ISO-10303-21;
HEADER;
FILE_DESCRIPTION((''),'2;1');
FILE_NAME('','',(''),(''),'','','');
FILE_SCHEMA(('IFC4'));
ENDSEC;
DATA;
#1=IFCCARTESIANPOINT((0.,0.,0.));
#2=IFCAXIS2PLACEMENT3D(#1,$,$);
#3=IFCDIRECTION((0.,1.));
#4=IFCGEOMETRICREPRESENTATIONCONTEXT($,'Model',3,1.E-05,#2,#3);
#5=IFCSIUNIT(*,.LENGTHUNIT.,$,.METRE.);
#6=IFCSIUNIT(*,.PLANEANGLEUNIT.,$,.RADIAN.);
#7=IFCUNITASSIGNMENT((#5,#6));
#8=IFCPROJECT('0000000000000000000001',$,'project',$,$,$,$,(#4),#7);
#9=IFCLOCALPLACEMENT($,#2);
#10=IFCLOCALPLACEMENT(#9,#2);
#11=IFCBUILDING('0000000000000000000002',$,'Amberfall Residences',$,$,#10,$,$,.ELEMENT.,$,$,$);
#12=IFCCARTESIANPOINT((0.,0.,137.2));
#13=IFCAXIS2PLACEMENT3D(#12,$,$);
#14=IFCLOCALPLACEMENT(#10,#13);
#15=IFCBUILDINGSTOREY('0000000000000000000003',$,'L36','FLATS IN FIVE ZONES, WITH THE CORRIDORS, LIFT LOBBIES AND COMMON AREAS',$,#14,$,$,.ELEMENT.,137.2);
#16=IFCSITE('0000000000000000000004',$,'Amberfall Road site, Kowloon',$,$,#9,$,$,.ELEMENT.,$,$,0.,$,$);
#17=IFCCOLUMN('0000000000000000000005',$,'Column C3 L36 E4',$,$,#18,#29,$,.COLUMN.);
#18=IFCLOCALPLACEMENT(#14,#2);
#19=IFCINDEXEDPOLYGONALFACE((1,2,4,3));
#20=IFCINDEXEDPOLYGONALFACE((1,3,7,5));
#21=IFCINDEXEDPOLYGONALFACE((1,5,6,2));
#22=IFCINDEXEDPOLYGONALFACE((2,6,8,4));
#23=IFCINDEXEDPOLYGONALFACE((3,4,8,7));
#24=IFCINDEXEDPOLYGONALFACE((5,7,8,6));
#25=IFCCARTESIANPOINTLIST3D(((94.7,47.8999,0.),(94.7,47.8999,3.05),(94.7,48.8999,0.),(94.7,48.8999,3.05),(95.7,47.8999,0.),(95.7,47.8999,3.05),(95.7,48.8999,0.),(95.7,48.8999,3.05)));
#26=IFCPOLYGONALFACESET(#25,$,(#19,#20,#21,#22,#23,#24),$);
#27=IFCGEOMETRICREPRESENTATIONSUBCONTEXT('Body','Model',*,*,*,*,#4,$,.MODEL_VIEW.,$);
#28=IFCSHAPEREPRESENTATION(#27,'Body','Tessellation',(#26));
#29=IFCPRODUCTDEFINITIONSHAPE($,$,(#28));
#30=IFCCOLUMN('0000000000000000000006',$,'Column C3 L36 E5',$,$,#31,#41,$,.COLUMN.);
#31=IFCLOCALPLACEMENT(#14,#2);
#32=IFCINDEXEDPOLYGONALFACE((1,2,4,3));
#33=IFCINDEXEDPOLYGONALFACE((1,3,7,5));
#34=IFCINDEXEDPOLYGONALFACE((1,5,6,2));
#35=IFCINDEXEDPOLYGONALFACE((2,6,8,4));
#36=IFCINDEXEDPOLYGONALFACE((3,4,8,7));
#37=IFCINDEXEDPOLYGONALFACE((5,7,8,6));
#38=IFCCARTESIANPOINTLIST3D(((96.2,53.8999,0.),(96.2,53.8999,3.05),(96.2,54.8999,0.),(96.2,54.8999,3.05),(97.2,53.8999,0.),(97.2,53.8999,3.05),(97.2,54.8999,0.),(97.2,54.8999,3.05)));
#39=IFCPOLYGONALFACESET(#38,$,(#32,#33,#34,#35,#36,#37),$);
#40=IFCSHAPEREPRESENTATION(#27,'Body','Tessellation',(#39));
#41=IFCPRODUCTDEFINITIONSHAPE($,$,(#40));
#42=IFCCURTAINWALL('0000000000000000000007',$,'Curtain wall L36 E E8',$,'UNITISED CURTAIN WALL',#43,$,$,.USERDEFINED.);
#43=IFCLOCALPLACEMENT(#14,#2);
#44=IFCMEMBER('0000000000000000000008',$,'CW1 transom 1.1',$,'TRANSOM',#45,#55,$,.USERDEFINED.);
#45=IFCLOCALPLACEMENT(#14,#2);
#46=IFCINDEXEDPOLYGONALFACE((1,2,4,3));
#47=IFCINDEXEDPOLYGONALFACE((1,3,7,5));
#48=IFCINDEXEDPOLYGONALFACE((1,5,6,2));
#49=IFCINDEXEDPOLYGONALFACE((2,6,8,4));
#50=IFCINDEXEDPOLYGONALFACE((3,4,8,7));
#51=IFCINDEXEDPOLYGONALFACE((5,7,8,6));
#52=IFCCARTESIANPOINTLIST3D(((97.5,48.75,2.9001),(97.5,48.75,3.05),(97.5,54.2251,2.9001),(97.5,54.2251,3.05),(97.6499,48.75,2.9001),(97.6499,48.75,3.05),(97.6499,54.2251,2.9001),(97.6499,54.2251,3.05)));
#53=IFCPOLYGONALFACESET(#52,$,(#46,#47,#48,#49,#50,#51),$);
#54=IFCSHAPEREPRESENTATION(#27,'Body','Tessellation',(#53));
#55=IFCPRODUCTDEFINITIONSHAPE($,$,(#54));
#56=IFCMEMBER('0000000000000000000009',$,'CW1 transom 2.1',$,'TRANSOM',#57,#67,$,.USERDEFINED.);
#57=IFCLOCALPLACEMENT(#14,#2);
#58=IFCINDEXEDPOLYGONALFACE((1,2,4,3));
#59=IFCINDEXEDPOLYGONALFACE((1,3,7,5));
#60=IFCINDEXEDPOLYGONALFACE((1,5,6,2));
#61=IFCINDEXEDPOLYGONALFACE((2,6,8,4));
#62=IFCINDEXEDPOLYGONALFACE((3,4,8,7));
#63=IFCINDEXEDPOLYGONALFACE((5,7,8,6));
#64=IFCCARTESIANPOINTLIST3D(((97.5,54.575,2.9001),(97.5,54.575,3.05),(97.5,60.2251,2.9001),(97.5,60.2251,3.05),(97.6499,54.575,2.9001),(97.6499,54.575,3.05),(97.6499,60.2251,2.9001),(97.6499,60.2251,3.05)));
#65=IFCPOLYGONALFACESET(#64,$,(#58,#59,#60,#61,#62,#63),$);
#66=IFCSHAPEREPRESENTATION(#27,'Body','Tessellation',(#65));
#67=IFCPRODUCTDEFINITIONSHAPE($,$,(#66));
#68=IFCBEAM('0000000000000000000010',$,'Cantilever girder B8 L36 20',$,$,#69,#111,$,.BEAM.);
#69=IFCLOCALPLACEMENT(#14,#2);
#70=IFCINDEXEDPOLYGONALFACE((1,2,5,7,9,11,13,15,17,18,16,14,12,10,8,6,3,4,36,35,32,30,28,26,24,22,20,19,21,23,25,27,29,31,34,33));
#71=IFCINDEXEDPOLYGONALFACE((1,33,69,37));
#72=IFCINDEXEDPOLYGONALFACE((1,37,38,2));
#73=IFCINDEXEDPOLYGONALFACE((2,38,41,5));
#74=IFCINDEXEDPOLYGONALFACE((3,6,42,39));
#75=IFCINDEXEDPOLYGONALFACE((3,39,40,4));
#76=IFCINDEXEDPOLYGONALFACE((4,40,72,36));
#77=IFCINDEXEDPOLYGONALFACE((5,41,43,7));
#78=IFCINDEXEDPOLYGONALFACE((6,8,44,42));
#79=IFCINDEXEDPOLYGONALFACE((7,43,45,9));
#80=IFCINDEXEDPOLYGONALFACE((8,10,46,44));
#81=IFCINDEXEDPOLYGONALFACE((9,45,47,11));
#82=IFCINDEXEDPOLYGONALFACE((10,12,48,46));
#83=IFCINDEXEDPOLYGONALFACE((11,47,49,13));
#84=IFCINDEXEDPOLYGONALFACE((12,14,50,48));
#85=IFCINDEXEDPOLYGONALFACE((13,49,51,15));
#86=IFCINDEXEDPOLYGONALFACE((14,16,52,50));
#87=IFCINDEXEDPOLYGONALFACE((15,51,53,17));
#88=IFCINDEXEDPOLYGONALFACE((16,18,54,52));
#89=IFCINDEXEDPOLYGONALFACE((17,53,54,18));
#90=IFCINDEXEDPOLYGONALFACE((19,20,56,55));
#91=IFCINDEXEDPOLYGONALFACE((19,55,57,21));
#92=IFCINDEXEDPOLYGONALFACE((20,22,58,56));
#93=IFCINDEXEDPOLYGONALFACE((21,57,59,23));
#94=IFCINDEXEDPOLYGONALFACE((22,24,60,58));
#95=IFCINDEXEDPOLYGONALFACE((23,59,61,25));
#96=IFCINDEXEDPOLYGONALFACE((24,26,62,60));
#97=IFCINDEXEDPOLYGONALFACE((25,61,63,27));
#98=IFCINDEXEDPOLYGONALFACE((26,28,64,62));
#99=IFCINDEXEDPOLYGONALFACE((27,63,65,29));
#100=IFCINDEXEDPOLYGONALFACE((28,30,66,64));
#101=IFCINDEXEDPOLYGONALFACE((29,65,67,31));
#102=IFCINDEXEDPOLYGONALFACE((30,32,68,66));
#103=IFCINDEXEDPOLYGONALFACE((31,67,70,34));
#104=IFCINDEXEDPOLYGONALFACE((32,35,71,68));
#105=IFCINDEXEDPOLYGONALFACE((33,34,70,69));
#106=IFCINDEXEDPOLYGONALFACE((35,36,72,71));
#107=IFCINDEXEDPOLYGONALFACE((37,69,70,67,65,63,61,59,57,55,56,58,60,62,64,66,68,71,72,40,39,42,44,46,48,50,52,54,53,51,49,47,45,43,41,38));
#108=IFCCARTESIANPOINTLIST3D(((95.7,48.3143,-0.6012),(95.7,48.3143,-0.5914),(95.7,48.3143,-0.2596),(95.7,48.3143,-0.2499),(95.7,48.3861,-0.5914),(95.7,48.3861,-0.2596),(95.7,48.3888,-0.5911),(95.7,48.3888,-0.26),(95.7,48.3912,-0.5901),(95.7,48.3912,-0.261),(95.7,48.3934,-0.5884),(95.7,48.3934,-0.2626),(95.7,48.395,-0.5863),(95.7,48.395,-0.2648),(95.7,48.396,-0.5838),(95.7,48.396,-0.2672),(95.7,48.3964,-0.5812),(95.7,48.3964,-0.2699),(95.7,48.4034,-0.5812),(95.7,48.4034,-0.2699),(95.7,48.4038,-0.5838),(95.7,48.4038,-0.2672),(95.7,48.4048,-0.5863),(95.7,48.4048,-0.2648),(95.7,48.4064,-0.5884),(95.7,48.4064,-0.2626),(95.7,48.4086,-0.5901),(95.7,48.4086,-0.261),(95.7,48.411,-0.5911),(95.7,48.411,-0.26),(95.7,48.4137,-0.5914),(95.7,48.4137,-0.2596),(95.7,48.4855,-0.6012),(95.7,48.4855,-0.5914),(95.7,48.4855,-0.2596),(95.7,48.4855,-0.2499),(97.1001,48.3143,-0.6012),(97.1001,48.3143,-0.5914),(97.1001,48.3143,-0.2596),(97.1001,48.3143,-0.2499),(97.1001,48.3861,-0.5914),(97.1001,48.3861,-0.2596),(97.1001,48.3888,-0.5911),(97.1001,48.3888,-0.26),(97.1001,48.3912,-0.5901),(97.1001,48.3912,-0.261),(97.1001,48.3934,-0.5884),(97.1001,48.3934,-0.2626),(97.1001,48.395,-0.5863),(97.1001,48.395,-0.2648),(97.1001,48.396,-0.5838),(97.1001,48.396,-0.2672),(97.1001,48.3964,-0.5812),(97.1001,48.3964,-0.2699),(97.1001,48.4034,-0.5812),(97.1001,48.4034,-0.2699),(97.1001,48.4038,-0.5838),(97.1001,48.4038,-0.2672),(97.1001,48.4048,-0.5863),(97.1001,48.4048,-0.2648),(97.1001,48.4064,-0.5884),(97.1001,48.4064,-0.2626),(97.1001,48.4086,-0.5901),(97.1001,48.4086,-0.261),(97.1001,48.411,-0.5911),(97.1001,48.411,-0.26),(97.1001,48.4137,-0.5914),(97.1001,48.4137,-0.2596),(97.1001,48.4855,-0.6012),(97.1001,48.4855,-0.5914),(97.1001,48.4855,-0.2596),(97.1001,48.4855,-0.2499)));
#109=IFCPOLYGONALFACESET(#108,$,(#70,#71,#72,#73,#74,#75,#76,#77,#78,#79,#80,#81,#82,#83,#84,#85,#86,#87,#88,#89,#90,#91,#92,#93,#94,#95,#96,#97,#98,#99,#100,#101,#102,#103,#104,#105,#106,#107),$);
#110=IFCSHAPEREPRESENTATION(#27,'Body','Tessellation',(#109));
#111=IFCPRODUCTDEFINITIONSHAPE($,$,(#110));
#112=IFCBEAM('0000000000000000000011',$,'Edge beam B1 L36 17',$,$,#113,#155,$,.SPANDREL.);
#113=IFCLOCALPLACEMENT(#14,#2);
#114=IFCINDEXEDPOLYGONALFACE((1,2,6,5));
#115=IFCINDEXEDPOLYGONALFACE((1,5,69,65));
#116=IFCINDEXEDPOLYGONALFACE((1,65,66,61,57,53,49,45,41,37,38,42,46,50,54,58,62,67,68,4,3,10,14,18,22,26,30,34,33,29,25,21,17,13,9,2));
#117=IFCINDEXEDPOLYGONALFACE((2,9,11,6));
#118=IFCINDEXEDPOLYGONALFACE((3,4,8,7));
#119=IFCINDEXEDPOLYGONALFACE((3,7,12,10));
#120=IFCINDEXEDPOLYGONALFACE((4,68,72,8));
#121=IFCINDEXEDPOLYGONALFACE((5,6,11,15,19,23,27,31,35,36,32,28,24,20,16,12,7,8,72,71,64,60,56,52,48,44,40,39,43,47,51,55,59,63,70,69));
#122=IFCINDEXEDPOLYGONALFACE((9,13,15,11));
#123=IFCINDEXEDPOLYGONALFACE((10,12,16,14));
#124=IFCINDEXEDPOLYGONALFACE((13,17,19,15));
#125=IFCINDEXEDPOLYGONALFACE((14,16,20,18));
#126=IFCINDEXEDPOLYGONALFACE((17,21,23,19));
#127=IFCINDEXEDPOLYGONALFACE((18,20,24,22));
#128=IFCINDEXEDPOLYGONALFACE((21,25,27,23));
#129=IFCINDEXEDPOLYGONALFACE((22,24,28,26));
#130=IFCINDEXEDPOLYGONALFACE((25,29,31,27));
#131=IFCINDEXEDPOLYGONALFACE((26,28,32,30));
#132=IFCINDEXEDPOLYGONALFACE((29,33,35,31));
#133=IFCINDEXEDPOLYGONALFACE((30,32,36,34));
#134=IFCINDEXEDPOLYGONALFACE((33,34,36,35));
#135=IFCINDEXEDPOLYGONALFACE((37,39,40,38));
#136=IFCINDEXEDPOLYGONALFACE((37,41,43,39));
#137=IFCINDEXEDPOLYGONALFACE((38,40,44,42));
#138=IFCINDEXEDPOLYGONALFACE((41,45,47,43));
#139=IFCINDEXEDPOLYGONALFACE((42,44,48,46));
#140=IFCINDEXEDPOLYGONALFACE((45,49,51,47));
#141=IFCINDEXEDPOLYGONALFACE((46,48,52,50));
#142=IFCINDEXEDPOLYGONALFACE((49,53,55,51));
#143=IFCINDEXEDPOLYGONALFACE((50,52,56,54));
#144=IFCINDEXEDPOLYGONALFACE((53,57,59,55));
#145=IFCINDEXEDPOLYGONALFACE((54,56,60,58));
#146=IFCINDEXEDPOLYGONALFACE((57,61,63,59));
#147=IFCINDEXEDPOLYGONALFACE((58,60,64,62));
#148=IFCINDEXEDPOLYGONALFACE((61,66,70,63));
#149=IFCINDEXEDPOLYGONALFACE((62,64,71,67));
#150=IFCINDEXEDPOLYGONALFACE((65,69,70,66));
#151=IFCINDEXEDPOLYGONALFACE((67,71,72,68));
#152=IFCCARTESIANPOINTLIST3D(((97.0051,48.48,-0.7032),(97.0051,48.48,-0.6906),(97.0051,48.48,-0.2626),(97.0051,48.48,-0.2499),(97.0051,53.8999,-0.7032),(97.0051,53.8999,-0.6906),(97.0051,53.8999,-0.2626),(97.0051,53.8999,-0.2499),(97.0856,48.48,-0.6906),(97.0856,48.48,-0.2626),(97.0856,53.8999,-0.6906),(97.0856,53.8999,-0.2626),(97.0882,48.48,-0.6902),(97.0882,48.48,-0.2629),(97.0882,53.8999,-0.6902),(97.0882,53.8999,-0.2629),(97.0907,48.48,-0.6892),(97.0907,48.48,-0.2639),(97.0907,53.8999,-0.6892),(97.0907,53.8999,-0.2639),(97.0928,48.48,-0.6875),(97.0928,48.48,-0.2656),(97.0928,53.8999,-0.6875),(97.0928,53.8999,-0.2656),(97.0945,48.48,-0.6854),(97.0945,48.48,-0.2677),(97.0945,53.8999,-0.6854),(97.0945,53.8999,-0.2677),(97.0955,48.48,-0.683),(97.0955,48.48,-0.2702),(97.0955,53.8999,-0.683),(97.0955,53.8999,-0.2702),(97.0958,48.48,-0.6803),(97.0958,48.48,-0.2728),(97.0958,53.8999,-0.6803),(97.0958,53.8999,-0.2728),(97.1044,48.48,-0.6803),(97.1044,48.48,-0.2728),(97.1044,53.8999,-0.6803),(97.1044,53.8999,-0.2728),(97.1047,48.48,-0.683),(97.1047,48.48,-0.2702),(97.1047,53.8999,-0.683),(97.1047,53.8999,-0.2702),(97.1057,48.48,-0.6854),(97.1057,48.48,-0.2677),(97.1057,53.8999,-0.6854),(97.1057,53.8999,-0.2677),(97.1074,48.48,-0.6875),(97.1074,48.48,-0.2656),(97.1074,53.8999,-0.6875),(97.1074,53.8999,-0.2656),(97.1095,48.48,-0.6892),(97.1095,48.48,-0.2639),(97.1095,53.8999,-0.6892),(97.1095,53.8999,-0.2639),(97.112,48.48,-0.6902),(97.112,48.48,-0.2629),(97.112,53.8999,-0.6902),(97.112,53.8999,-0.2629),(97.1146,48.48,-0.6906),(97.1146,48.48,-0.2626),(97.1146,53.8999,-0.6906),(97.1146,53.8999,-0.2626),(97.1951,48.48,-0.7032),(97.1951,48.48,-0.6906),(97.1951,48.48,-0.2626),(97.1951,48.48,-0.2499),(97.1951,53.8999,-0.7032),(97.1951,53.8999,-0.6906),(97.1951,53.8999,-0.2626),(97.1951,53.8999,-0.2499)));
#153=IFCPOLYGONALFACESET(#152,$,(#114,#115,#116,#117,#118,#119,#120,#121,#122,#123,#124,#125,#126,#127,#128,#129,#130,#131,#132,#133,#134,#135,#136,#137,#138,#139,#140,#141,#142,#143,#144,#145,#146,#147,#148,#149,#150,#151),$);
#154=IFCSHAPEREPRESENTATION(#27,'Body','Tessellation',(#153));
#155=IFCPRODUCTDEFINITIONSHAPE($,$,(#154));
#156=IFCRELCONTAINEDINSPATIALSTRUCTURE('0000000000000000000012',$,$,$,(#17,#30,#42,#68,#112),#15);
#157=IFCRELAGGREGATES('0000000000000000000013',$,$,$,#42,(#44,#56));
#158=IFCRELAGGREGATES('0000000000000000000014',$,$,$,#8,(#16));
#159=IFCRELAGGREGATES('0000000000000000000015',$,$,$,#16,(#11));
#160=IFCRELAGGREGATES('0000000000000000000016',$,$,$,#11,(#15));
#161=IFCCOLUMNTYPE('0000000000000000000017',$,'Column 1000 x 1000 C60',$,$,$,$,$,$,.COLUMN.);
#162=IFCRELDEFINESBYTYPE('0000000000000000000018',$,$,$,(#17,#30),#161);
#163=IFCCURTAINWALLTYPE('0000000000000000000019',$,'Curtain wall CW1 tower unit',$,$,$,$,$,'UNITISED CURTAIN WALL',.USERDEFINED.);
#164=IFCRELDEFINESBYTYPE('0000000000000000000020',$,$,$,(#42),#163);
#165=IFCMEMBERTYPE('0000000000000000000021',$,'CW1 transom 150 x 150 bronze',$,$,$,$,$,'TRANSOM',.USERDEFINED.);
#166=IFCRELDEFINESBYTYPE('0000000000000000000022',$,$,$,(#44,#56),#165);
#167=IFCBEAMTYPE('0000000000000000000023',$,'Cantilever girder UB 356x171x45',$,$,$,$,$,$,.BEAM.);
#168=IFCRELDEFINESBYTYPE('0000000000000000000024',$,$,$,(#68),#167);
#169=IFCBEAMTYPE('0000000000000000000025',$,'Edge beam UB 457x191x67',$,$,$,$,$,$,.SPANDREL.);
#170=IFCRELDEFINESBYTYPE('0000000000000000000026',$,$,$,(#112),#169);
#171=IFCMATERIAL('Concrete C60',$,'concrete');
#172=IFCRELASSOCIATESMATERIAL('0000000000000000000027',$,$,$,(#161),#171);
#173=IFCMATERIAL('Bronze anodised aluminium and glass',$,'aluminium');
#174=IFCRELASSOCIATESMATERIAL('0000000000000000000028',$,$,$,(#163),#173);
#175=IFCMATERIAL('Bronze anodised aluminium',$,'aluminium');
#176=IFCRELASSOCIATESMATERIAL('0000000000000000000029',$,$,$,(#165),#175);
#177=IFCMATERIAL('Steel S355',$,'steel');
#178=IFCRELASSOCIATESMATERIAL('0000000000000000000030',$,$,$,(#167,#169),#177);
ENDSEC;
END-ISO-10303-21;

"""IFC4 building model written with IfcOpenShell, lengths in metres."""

from ifc_helpers import new_model, si_unit, direction, frame, origin, origin_2d, place, context, subcontext, project, spatial, rectangle, i_section, extrude, material, material_profile, profile_set, type_object, element, aggregate, save


model = new_model("IFC4")

# Units and contexts
model_context = context("Model", 3, precision=1e-05, world=origin(), true_north=direction((0.0, 1.0)))
body_context = subcontext(model_context, "Body", "Model", "MODEL_VIEW")
ifc_project = project(units=[si_unit("LENGTHUNIT", "METRE"), si_unit("PLANEANGLEUNIT", "RADIAN")], contexts=[model_context])

# Site, building, storey
site_placement = place(None, origin())
site = spatial("IfcSite", under=ifc_project, at=site_placement, Name="Amberfall Road site, Kowloon", CompositionType="ELEMENT", RefElevation=0.0)
building_placement = place(site_placement, origin())
building = spatial("IfcBuilding", under=site, at=building_placement, Name="Amberfall Residences", CompositionType="ELEMENT")
storey_placement = place(building_placement, frame((0.0, 0.0, 137.2)))
storey = spatial("IfcBuildingStorey", under=building, at=storey_placement, Name="L36", Description="FLATS IN FIVE ZONES, WITH THE CORRIDORS, LIFT LOBBIES AND COMMON AREAS", CompositionType="ELEMENT", Elevation=137.2)

# Columns
ifc_material_1 = material(Name="Concrete C60", Category="concrete")
ifc_material_profile_1 = material_profile(ifc_material_1, rectangle(XDim=1.0, YDim=1.0, at=origin_2d()), Name="Column 1000 x 1000 C60")
ifc_profile_set_1 = profile_set([ifc_material_profile_1], Name="Concrete C60")
column_type = type_object("IfcColumnType", Name="Column 1000 x 1000 C60", PredefinedType="COLUMN", material=ifc_profile_set_1)
for number, where, z_axis, x_axis, name in (
    (1, (95.2, 48.3999, 0.0), (0.0, 0.0, 1.0), (1.0, 0.0, 0.0), "Column C3 L36 E4"),
    (2, (96.7, 54.3999, 0.0), (0.0, 0.0, 1.0), (1.0, 0.0, 0.0), "Column C3 L36 E5"),
):
    element("IfcColumn", number, at=place(storey_placement, frame(where, z_axis=z_axis, x_axis=x_axis)), inside=storey, type_object=column_type, Name=name, PredefinedType="COLUMN", context=body_context, shape_type="SweptSolid", body=[
        extrude(rectangle(XDim=1.0, YDim=1.0, at=origin_2d()), origin(), (0.0, 0.0, 1.0), 3.05),
    ])

# Curtain wall, members
ifc_material_2 = material(Name="Bronze anodised aluminium and glass", Category="aluminium")
curtain_wall_type = type_object("IfcCurtainWallType", Name="Curtain wall CW1 tower unit", ElementType="UNITISED CURTAIN WALL", PredefinedType="USERDEFINED", material=ifc_material_2)
curtain_wall_placement = place(storey_placement, origin())
curtain_wall = element("IfcCurtainWall", 3, at=curtain_wall_placement, inside=storey, type_object=curtain_wall_type, Name="Curtain wall L36 E E8", ObjectType="UNITISED CURTAIN WALL", PredefinedType="USERDEFINED")
ifc_material_3 = material(Name="Bronze anodised aluminium", Category="aluminium")
ifc_material_profile_2 = material_profile(ifc_material_3, rectangle(XDim=0.1499, YDim=0.1499, at=origin_2d()), Name="CW1 transom 150 x 150 bronze")
ifc_profile_set_2 = profile_set([ifc_material_profile_2], Name="Bronze anodised aluminium")
member_type_1 = type_object("IfcMemberType", Name="CW1 transom 150 x 150 bronze", ElementType="TRANSOM", PredefinedType="USERDEFINED", material=ifc_profile_set_2)
member_1_placement = place(storey_placement, frame((97.575, 48.75, 2.9751), z_axis=(0.0, 1.0, 0.0), x_axis=(-1.0, 0.0, 0.0)))
member_1 = element("IfcMember", 4, at=member_1_placement, type_object=member_type_1, Name="CW1 transom 1.1", ObjectType="TRANSOM", PredefinedType="USERDEFINED", context=body_context, shape_type="SweptSolid", body=[
    extrude(rectangle(XDim=0.1499, YDim=0.1499, at=origin_2d()), origin(), (0.0, 0.0, 1.0), 5.4751),
])
member_2_placement = place(storey_placement, frame((97.575, 54.575, 2.9751), z_axis=(0.0, 1.0, 0.0), x_axis=(-1.0, 0.0, 0.0)))
member_2 = element("IfcMember", 5, at=member_2_placement, type_object=member_type_1, Name="CW1 transom 2.1", ObjectType="TRANSOM", PredefinedType="USERDEFINED", context=body_context, shape_type="SweptSolid", body=[
    extrude(rectangle(XDim=0.1499, YDim=0.1499, at=origin_2d()), origin(), (0.0, 0.0, 1.0), 5.6501),
])

# Beams
ifc_material_4 = material(Name="Steel S355", Category="steel")
ifc_material_profile_3 = material_profile(ifc_material_4, i_section(OverallWidth=0.1711, OverallDepth=0.3513, WebThickness=0.0071, FlangeThickness=0.0098, FilletRadius=0.0103, at=origin_2d()), Name="UB 356x171x45")
ifc_profile_set_3 = profile_set([ifc_material_profile_3], Name="Steel S355")
beam_type_1 = type_object("IfcBeamType", Name="Cantilever girder UB 356x171x45", PredefinedType="BEAM", material=ifc_profile_set_3)
beam_1_placement = place(storey_placement, frame((95.7, 48.3999, -0.4255), z_axis=(1.0, 0.0, 0.0), x_axis=(0.0, 1.0, 0.0)))
element("IfcBeam", 6, at=beam_1_placement, inside=storey, type_object=beam_type_1, Name="Cantilever girder B8 L36 20", PredefinedType="BEAM", context=body_context, shape_type="SweptSolid", body=[
    extrude(i_section(OverallWidth=0.1711, OverallDepth=0.3513, WebThickness=0.0071, FlangeThickness=0.0098, FilletRadius=0.0103, at=origin_2d()), origin(), (0.0, 0.0, 1.0), 1.4001),
])
ifc_material_profile_4 = material_profile(ifc_material_4, i_section(OverallWidth=0.1899, OverallDepth=0.4534, WebThickness=0.0085, FlangeThickness=0.0127, FilletRadius=0.0103, at=origin_2d()), Name="UB 457x191x67")
ifc_profile_set_4 = profile_set([ifc_material_profile_4], Name="Steel S355")
beam_type_2 = type_object("IfcBeamType", Name="Edge beam UB 457x191x67", PredefinedType="SPANDREL", material=ifc_profile_set_4)
beam_2_placement = place(storey_placement, frame((97.1001, 48.48, -0.4766), z_axis=(0.0, 1.0, 0.0), x_axis=(-1.0, 0.0, 0.0)))
element("IfcBeam", 7, at=beam_2_placement, inside=storey, type_object=beam_type_2, Name="Edge beam B1 L36 17", PredefinedType="SPANDREL", context=body_context, shape_type="SweptSolid", body=[
    extrude(i_section(OverallWidth=0.1899, OverallDepth=0.4534, WebThickness=0.0085, FlangeThickness=0.0127, FilletRadius=0.0103, at=origin_2d()), origin(), (0.0, 0.0, 1.0), 5.4199),
])

aggregate(curtain_wall, [member_1, member_2])

save(model, "model.ifc")
